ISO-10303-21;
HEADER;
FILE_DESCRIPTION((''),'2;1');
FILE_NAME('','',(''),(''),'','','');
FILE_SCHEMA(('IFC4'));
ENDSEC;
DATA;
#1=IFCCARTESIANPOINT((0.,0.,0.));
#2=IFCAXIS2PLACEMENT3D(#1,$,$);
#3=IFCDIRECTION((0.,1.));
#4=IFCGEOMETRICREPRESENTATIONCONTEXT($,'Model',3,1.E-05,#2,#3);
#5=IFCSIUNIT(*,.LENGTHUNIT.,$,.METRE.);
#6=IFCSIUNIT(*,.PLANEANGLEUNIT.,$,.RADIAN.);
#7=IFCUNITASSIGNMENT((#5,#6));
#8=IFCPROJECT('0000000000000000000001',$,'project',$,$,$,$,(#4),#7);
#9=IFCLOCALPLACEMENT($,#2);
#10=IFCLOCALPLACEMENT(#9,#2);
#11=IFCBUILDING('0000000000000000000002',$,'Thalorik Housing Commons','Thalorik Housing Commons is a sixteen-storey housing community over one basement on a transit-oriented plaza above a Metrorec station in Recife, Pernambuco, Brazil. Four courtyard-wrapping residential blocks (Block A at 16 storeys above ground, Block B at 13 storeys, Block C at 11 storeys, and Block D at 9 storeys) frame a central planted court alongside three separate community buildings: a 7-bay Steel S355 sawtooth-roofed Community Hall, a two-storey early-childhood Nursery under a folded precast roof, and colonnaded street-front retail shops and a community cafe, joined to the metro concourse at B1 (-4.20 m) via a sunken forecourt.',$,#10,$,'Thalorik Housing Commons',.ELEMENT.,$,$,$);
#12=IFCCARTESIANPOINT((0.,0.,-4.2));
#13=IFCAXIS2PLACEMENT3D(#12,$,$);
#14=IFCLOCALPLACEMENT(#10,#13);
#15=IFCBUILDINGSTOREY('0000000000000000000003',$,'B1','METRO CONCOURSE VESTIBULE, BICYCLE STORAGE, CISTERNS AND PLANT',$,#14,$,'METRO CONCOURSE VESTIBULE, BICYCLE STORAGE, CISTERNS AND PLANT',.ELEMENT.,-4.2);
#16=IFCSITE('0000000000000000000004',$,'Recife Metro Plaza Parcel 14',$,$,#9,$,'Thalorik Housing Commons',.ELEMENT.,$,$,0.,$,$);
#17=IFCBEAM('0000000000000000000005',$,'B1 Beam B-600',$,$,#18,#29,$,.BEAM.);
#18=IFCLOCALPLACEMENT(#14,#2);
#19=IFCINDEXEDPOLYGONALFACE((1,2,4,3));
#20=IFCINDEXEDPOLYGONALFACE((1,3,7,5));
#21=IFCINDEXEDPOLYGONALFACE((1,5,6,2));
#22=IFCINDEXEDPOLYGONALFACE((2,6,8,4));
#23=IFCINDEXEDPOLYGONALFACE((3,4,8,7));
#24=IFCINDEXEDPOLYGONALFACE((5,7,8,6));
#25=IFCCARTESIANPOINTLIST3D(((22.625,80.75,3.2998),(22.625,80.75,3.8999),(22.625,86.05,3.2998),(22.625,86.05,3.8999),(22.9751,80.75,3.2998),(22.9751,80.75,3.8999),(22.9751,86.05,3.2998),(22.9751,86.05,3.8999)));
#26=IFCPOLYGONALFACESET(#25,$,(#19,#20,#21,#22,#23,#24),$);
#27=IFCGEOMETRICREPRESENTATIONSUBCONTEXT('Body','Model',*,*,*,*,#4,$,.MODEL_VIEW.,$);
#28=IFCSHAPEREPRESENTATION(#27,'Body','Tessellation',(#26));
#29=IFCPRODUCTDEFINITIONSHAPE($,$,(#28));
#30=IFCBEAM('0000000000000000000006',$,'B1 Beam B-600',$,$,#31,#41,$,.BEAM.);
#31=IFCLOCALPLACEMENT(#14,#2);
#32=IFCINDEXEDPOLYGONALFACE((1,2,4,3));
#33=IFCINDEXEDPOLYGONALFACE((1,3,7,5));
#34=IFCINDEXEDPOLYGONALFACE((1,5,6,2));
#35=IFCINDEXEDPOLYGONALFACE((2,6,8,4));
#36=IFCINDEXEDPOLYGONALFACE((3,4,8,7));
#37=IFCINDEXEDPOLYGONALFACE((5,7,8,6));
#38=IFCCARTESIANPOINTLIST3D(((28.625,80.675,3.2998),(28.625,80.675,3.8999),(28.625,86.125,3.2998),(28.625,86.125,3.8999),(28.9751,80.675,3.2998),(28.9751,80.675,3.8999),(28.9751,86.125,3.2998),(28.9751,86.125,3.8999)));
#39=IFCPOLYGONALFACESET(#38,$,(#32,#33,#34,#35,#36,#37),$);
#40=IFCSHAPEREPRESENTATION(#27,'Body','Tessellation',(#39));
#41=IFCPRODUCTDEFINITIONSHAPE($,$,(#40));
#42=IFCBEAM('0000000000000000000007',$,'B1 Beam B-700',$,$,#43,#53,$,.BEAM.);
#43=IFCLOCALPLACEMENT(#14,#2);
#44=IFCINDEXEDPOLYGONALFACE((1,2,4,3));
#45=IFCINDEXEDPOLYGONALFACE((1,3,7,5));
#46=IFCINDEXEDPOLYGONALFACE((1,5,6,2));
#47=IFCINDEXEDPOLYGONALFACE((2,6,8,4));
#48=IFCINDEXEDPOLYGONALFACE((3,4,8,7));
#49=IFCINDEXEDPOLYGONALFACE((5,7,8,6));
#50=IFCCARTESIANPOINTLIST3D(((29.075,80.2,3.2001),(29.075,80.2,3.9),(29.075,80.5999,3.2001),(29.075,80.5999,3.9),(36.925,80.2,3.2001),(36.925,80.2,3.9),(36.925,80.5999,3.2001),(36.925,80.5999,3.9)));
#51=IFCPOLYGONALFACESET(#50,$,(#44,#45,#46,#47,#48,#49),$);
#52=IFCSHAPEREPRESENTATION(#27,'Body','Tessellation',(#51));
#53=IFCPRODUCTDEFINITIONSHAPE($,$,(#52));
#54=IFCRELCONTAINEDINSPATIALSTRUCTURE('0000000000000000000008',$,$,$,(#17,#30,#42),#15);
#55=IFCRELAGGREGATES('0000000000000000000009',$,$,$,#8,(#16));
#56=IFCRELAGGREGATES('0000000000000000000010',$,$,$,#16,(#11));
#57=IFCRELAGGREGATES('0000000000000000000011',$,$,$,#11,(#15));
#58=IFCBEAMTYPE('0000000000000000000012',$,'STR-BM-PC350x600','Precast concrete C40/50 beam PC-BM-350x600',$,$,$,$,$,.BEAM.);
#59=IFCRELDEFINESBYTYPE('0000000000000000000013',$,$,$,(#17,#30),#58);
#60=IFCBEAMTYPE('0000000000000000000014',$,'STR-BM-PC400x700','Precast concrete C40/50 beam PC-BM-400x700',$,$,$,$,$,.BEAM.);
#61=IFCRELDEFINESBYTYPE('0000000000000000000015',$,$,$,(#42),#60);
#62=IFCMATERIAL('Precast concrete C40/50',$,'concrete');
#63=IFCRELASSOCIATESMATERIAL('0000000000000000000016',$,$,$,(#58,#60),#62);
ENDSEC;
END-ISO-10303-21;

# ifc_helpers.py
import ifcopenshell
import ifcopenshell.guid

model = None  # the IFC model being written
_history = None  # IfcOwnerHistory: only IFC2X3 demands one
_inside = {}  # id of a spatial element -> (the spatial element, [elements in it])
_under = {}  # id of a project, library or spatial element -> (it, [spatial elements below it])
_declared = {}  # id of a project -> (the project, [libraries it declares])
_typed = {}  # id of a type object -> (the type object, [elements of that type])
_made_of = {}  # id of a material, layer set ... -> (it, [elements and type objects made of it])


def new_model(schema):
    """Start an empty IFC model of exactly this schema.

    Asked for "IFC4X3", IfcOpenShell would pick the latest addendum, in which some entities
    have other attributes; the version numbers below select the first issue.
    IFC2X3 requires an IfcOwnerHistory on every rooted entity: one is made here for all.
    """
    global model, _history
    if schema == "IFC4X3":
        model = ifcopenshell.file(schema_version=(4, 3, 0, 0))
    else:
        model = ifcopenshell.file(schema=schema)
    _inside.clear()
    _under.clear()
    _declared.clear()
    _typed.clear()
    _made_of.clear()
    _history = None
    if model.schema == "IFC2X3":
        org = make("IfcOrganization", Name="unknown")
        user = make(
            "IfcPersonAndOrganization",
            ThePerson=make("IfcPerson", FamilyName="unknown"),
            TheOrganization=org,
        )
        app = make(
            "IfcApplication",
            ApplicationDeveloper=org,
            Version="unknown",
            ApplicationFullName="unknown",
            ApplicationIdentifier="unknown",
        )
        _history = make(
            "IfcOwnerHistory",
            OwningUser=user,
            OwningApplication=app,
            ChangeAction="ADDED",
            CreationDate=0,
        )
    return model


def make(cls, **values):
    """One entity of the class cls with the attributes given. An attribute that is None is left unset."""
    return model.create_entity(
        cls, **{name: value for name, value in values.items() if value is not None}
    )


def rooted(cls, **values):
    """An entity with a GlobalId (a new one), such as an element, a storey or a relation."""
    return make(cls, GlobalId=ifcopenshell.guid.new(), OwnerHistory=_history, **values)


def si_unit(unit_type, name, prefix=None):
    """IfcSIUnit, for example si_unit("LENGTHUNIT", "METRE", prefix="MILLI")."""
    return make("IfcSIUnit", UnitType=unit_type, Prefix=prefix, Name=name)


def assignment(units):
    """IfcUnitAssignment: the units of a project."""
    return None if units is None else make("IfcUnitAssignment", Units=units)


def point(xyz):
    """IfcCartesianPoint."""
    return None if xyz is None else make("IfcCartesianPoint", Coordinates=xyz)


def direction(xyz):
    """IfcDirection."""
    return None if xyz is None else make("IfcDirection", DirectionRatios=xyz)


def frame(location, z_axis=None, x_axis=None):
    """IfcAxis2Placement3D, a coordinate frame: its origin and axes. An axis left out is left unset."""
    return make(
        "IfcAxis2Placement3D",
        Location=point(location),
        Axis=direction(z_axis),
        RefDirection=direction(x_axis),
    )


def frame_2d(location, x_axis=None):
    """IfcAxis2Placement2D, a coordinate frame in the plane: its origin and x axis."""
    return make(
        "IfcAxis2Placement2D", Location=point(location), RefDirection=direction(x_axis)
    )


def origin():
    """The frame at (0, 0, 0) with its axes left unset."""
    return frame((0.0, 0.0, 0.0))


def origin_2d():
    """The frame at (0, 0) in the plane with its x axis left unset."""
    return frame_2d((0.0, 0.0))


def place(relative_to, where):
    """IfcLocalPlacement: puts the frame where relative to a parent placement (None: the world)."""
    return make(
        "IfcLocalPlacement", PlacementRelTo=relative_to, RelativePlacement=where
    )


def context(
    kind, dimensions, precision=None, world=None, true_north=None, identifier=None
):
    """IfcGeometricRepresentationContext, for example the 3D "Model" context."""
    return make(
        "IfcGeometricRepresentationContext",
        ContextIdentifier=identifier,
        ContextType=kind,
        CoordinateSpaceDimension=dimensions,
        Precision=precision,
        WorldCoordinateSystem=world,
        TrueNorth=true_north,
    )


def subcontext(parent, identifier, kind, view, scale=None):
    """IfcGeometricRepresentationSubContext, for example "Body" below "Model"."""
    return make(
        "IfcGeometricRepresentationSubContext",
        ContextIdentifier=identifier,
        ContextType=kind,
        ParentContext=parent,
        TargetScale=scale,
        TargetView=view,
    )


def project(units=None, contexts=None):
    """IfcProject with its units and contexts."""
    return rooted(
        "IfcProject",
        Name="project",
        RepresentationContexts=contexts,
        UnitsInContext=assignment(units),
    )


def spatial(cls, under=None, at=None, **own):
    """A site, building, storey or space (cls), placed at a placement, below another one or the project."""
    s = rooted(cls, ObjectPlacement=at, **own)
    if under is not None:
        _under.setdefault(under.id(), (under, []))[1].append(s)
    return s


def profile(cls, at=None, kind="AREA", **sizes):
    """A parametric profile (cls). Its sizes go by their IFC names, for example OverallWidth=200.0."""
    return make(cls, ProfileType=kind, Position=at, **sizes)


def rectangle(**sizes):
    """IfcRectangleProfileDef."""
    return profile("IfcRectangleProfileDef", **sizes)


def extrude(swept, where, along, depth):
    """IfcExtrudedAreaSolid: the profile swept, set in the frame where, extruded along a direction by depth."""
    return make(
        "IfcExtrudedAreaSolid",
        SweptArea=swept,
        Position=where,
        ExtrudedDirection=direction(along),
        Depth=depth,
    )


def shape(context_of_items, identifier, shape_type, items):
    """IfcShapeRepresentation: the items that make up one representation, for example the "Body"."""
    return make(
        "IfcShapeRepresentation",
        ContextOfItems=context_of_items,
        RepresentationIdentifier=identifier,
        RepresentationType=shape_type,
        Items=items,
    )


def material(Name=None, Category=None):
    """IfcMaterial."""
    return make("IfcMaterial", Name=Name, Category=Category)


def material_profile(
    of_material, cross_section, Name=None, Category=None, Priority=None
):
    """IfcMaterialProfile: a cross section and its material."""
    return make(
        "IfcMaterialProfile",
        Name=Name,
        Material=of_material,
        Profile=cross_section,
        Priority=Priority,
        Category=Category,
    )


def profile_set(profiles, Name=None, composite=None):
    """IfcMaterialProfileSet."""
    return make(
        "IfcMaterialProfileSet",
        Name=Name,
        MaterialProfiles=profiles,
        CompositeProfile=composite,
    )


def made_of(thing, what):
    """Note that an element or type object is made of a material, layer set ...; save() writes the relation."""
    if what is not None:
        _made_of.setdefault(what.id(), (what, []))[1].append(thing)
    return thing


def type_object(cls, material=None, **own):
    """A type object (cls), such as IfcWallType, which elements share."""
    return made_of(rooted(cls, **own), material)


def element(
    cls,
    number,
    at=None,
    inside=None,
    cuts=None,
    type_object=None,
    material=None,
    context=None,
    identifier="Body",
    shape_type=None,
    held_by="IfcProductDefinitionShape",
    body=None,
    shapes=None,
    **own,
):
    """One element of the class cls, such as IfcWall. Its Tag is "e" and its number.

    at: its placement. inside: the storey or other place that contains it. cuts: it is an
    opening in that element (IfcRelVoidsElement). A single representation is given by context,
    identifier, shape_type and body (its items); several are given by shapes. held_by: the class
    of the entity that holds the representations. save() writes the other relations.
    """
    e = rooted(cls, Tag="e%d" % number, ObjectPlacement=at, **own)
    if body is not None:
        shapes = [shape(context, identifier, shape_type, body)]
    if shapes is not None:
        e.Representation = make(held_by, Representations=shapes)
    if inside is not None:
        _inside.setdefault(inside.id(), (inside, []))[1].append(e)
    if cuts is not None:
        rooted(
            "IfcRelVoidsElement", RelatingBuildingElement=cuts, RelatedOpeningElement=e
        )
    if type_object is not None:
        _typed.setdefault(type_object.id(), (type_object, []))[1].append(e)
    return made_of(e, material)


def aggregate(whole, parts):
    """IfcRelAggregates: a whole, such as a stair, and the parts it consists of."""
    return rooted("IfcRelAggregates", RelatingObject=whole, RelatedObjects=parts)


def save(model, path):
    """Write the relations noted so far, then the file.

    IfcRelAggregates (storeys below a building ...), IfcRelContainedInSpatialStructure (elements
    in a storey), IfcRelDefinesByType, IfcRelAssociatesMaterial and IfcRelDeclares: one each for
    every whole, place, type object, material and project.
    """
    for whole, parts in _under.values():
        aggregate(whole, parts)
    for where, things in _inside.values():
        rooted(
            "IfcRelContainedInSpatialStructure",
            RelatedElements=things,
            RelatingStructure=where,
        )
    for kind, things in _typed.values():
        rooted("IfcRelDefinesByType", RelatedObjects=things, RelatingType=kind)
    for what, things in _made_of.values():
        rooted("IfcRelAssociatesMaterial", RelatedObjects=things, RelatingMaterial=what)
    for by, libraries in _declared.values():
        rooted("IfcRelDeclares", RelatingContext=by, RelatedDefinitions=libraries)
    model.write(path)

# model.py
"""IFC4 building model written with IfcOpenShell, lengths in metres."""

from ifc_helpers import new_model, si_unit, direction, frame, origin, origin_2d, place, context, subcontext, project, spatial, rectangle, extrude, material, material_profile, profile_set, type_object, element, save


model = new_model("IFC4")

# Units and contexts
model_context = context("Model", 3, precision=1e-05, world=origin(), true_north=direction((0.0, 1.0)))
body_context = subcontext(model_context, "Body", "Model", "MODEL_VIEW")
ifc_project = project(units=[si_unit("LENGTHUNIT", "METRE"), si_unit("PLANEANGLEUNIT", "RADIAN")], contexts=[model_context])

# Site, building, storey
site_placement = place(None, origin())
site = spatial("IfcSite", under=ifc_project, at=site_placement, Name="Recife Metro Plaza Parcel 14", LongName="Thalorik Housing Commons", CompositionType="ELEMENT", RefElevation=0.0)
building_placement = place(site_placement, origin())
building = spatial("IfcBuilding", under=site, at=building_placement, Name="Thalorik Housing Commons", Description="Thalorik Housing Commons is a sixteen-storey housing community over one basement on a transit-oriented plaza above a Metrorec station in Recife, Pernambuco, Brazil. Four courtyard-wrapping residential blocks (Block A at 16 storeys above ground, Block B at 13 storeys, Block C at 11 storeys, and Block D at 9 storeys) frame a central planted court alongside three separate community buildings: a 7-bay Steel S355 sawtooth-roofed Community Hall, a two-storey early-childhood Nursery under a folded precast roof, and colonnaded street-front retail shops and a community cafe, joined to the metro concourse at B1 (-4.20 m) via a sunken forecourt.", LongName="Thalorik Housing Commons", CompositionType="ELEMENT")
storey_placement = place(building_placement, frame((0.0, 0.0, -4.2)))
storey = spatial("IfcBuildingStorey", under=building, at=storey_placement, Name="B1", Description="METRO CONCOURSE VESTIBULE, BICYCLE STORAGE, CISTERNS AND PLANT", LongName="METRO CONCOURSE VESTIBULE, BICYCLE STORAGE, CISTERNS AND PLANT", CompositionType="ELEMENT", Elevation=-4.2)

# Shared definitions
ifc_material_1 = material(Name="Precast concrete C40/50", Category="concrete")

# Beams
ifc_material_profile_1 = material_profile(ifc_material_1, rectangle(XDim=0.3501, YDim=0.6001, at=origin_2d()), Name="PC 350x600", Category="concrete")
ifc_profile_set_1 = profile_set([ifc_material_profile_1], Name="Precast concrete C40/50")
beam_type_1 = type_object("IfcBeamType", Name="STR-BM-PC350x600", Description="Precast concrete C40/50 beam PC-BM-350x600", PredefinedType="BEAM", material=ifc_profile_set_1)
beam_1_placement = place(storey_placement, frame((22.8, 80.75, 3.5999), z_axis=(0.0, 1.0, 0.0), x_axis=(-1.0, 0.0, 0.0)))
element("IfcBeam", 1, at=beam_1_placement, inside=storey, type_object=beam_type_1, Name="B1 Beam B-600", PredefinedType="BEAM", context=body_context, shape_type="SweptSolid", body=[
    extrude(rectangle(XDim=0.3501, YDim=0.6001, at=origin_2d()), origin(), (0.0, 0.0, 1.0), 5.3),
])
beam_2_placement = place(storey_placement, frame((28.8, 80.675, 3.5999), z_axis=(0.0, 1.0, 0.0), x_axis=(-1.0, 0.0, 0.0)))
element("IfcBeam", 2, at=beam_2_placement, inside=storey, type_object=beam_type_1, Name="B1 Beam B-600", PredefinedType="BEAM", context=body_context, shape_type="SweptSolid", body=[
    extrude(rectangle(XDim=0.3501, YDim=0.6001, at=origin_2d()), origin(), (0.0, 0.0, 1.0), 5.45),
])
ifc_material_profile_2 = material_profile(ifc_material_1, rectangle(XDim=0.3999, YDim=0.7, at=origin_2d()), Name="PC 400x700", Category="concrete")
ifc_profile_set_2 = profile_set([ifc_material_profile_2], Name="Precast concrete C40/50")
beam_type_2 = type_object("IfcBeamType", Name="STR-BM-PC400x700", Description="Precast concrete C40/50 beam PC-BM-400x700", PredefinedType="BEAM", material=ifc_profile_set_2)
beam_3_placement = place(storey_placement, frame((29.075, 80.3999, 3.55), z_axis=(1.0, 0.0, 0.0), x_axis=(0.0, 1.0, 0.0)))
element("IfcBeam", 3, at=beam_3_placement, inside=storey, type_object=beam_type_2, Name="B1 Beam B-700", PredefinedType="BEAM", context=body_context, shape_type="SweptSolid", body=[
    extrude(rectangle(XDim=0.3999, YDim=0.7, at=origin_2d()), origin(), (0.0, 0.0, 1.0), 7.8501),
])

save(model, "model.ifc")
